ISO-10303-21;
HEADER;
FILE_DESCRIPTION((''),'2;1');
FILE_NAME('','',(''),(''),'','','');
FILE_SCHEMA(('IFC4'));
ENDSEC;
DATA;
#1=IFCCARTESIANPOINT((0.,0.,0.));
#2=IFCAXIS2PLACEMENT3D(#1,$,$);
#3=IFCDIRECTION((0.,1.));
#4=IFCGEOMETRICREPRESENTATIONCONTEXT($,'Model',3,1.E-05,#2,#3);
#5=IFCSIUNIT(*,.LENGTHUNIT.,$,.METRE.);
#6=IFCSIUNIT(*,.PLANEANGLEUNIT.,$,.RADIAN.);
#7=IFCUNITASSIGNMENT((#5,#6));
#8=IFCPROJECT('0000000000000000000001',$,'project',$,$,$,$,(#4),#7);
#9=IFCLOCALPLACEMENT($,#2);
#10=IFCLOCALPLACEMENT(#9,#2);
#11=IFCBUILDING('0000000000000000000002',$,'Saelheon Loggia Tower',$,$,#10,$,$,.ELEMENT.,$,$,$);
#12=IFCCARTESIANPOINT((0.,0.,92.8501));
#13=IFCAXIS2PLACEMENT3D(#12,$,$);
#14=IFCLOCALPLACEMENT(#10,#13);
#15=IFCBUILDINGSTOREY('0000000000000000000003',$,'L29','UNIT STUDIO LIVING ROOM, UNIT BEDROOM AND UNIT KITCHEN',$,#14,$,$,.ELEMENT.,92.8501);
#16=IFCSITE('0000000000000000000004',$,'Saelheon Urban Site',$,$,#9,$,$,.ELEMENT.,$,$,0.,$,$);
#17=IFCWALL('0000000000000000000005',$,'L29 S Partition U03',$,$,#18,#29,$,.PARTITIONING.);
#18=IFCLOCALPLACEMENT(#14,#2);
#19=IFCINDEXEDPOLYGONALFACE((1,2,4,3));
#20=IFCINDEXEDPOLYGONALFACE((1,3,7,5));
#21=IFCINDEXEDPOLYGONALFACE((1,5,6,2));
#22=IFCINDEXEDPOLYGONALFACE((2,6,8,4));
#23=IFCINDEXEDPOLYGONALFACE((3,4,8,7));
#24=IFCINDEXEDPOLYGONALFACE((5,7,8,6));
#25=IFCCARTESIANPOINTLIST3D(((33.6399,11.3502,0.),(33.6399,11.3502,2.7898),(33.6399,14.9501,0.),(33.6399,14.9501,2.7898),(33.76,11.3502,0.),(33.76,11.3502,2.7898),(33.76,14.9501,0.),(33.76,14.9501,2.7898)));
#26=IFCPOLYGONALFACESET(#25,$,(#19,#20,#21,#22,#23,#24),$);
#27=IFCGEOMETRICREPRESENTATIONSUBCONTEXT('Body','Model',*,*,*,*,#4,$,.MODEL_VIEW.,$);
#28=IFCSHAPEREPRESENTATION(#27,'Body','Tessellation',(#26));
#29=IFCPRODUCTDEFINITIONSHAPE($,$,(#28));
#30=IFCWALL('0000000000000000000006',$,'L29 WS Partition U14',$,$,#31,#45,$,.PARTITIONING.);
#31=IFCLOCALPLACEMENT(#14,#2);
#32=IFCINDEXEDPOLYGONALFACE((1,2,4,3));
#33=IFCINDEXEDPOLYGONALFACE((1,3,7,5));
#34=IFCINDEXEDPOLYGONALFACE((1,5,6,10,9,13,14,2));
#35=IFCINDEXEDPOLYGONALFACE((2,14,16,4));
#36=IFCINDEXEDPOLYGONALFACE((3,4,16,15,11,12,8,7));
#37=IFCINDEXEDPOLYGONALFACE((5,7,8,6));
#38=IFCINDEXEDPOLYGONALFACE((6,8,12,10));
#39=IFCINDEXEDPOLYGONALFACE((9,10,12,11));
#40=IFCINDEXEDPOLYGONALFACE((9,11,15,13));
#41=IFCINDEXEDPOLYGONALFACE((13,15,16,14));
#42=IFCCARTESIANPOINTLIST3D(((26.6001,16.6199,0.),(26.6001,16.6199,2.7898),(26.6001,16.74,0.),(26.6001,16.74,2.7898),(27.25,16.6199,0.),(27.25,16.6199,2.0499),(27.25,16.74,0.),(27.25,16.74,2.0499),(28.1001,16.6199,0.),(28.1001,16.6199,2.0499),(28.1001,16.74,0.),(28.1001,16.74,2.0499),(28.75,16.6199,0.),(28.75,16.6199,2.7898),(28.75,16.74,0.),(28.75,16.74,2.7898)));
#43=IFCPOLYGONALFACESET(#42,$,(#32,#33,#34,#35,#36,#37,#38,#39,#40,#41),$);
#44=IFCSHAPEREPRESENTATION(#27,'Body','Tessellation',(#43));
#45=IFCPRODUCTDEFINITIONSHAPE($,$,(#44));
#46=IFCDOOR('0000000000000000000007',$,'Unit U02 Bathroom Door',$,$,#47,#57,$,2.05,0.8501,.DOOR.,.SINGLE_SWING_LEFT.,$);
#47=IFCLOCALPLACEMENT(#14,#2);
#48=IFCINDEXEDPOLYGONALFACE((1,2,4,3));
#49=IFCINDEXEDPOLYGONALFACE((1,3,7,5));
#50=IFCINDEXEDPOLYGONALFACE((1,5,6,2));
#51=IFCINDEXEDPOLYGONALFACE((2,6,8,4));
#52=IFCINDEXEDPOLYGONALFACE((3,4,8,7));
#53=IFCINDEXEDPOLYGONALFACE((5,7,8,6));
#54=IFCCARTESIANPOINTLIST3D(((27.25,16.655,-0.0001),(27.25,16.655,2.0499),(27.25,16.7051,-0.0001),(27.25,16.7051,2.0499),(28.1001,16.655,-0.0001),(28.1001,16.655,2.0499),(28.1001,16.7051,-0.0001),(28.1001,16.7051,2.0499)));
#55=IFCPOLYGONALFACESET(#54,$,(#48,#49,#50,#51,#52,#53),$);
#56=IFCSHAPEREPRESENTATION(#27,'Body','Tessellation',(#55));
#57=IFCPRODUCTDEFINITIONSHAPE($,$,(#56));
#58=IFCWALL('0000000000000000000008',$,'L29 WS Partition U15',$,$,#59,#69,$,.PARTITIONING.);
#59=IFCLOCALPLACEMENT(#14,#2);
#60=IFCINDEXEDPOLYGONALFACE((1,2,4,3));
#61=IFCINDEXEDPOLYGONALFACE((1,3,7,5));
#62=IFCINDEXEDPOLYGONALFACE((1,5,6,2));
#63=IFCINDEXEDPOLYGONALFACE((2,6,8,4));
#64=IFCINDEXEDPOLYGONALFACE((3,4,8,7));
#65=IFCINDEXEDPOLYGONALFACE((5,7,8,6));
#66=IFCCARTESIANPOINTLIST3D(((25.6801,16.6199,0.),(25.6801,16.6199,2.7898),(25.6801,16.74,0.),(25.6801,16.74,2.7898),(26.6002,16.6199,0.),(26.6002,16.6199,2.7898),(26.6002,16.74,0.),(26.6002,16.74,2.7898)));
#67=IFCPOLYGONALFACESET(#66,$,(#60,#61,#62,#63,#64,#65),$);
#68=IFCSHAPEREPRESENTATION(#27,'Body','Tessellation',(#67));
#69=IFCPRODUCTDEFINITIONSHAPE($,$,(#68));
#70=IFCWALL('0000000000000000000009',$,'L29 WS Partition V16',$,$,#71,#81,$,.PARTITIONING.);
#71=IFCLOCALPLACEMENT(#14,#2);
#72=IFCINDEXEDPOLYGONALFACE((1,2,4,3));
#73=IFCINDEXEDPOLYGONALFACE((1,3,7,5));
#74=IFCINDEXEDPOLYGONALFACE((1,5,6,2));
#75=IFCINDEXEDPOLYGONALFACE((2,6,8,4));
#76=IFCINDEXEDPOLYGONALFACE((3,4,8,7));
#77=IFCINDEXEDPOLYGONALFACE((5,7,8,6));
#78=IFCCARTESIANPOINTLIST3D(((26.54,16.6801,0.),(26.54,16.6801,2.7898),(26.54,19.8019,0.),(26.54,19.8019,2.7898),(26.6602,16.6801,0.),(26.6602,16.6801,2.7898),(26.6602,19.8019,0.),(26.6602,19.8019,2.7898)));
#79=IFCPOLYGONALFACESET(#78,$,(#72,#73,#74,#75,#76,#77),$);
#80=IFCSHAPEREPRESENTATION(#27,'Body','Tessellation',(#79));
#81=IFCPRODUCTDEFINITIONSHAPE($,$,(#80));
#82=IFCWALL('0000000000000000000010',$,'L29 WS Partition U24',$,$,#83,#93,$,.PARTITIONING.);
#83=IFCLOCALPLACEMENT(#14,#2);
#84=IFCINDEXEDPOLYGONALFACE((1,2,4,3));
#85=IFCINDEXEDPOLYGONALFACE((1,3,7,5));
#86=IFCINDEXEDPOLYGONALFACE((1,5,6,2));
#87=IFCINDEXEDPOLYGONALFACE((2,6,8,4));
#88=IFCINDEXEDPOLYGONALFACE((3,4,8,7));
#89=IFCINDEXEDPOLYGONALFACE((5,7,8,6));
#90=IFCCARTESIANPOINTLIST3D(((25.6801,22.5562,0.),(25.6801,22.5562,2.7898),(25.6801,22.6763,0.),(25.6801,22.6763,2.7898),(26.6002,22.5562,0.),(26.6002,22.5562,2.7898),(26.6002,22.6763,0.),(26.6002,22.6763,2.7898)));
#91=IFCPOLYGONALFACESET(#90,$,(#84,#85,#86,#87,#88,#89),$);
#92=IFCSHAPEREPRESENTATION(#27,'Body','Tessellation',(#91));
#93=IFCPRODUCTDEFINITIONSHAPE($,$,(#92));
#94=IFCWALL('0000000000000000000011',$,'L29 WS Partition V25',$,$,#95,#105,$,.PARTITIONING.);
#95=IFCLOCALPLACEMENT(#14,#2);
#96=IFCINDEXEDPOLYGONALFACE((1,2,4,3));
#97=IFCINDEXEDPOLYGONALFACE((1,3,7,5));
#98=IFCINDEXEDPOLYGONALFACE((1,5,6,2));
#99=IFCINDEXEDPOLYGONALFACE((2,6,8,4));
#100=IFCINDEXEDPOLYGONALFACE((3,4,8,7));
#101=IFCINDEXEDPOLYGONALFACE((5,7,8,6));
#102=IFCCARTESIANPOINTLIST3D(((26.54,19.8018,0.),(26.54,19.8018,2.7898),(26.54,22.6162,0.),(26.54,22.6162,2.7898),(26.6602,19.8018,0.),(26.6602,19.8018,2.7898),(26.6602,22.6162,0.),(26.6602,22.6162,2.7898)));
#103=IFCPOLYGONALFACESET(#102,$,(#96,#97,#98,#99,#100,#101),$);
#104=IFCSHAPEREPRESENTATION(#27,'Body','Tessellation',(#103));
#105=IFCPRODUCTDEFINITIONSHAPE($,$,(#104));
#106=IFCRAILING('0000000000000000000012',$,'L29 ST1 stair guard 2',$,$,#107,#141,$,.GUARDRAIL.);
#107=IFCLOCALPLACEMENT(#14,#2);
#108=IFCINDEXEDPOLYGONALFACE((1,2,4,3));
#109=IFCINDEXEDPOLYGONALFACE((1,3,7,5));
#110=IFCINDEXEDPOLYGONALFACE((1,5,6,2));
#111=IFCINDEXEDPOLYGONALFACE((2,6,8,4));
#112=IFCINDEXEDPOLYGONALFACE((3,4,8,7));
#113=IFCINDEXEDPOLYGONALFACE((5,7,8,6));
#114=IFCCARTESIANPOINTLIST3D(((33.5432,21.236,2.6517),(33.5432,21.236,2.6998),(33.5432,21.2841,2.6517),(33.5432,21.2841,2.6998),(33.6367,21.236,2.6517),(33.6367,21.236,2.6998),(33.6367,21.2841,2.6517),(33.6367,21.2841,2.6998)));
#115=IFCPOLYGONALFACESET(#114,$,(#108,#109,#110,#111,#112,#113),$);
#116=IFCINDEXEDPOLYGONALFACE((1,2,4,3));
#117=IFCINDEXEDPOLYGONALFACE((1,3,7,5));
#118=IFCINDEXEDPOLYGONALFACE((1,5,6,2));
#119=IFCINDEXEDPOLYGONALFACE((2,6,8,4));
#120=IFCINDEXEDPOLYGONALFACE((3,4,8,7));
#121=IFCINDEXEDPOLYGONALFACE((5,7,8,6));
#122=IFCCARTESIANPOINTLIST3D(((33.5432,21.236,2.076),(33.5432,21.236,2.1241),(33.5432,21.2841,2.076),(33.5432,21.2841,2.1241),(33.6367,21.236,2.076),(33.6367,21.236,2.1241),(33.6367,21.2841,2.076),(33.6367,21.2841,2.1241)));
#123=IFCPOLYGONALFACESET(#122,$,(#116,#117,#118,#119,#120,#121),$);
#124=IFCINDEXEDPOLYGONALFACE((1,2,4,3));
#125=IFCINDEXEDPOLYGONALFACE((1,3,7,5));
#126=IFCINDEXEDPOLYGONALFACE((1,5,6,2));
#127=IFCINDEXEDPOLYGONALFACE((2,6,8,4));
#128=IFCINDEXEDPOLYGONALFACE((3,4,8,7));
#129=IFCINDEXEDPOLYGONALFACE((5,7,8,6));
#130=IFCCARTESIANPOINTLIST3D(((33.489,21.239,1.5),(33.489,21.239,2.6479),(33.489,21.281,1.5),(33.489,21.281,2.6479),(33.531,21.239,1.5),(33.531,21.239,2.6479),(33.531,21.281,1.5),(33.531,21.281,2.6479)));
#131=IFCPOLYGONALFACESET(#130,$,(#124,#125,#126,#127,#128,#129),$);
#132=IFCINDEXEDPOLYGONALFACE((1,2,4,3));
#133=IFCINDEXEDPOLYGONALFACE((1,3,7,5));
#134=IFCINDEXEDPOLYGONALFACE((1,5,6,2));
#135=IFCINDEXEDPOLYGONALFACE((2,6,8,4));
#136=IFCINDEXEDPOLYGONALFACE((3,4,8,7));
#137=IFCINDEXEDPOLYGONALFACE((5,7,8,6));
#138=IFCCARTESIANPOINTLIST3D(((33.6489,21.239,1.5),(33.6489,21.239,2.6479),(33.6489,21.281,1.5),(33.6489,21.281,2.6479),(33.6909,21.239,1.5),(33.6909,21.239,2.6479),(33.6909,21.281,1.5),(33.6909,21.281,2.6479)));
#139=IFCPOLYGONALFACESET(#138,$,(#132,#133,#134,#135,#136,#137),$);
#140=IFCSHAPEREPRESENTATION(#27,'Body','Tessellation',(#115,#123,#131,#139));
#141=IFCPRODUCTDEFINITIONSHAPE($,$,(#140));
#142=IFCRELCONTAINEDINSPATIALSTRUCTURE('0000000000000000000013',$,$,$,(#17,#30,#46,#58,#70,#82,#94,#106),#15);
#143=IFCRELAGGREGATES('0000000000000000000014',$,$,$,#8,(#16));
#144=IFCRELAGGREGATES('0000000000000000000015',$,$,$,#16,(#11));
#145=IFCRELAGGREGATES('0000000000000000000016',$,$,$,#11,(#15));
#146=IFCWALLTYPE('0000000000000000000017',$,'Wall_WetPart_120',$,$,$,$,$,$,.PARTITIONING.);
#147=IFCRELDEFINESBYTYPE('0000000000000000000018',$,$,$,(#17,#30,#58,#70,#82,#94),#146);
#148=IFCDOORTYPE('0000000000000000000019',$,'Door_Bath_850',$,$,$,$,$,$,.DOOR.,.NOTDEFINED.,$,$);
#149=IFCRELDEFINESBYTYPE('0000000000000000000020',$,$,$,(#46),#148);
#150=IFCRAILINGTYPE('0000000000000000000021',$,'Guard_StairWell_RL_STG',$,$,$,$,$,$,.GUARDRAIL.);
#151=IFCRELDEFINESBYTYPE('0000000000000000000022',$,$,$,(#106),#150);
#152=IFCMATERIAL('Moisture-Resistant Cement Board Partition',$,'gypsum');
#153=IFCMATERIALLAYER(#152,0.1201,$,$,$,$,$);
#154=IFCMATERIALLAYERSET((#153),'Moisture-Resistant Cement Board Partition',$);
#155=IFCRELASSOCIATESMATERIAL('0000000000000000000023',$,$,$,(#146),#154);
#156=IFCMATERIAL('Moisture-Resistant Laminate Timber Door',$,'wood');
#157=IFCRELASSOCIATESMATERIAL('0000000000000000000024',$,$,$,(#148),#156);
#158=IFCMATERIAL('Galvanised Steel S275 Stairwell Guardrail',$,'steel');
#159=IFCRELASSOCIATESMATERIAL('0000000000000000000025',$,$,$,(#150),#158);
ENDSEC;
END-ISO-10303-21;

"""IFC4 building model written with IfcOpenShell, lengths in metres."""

from ifc_helpers import new_model, si_unit, direction, frame, frame_2d, origin, origin_2d, place, context, subcontext, project, spatial, rectangle, extrude, source, transform, mapped, material, layer, layer_set, type_object, element, fill, save


model = new_model("IFC4")

# Units and contexts
model_context = context("Model", 3, precision=1e-05, world=origin(), true_north=direction((0.0, 1.0)))
body_context = subcontext(model_context, "Body", "Model", "MODEL_VIEW")
ifc_project = project(units=[si_unit("LENGTHUNIT", "METRE"), si_unit("PLANEANGLEUNIT", "RADIAN")], contexts=[model_context])

# Site, building, storey
site_placement = place(None, origin())
site = spatial("IfcSite", under=ifc_project, at=site_placement, Name="Saelheon Urban Site", CompositionType="ELEMENT", RefElevation=0.0)
building_placement = place(site_placement, origin())
building = spatial("IfcBuilding", under=site, at=building_placement, Name="Saelheon Loggia Tower", CompositionType="ELEMENT")
storey_placement = place(building_placement, frame((0.0, 0.0, 92.8501)))
storey = spatial("IfcBuildingStorey", under=building, at=storey_placement, Name="L29", Description="UNIT STUDIO LIVING ROOM, UNIT BEDROOM AND UNIT KITCHEN", CompositionType="ELEMENT", Elevation=92.8501)

# Wall
ifc_material_1 = material(Name="Moisture-Resistant Cement Board Partition", Category="gypsum")
ifc_layer_1 = layer(ifc_material_1, 0.1201)
ifc_layer_set_1 = layer_set([ifc_layer_1], Name="Moisture-Resistant Cement Board Partition")
wall_type_1 = type_object("IfcWallType", Name="Wall_WetPart_120", PredefinedType="PARTITIONING", material=ifc_layer_set_1)
wall_1_placement = place(storey_placement, frame((33.7, 14.95, 0.0), z_axis=(0.0, 0.0, 1.0), x_axis=(0.0, -1.0, 0.0)))
element("IfcWall", 1, at=wall_1_placement, inside=storey, type_object=wall_type_1, Name="L29 S Partition U03", PredefinedType="PARTITIONING", context=body_context, shape_type="SweptSolid", body=[
    extrude(rectangle(XDim=3.5999, YDim=0.1201, at=frame_2d((1.7998, 0.0))), origin(), (0.0, 0.0, 1.0), 2.7898),
])

# Wall, opening, door
wall_2_placement = place(storey_placement, frame((28.75, 16.6799, 0.0), z_axis=(0.0, 0.0, 1.0), x_axis=(-1.0, 0.0, 0.0)))
wall_2 = element("IfcWall", 2, at=wall_2_placement, inside=storey, type_object=wall_type_1, Name="L29 WS Partition U14", PredefinedType="PARTITIONING", context=body_context, shape_type="SweptSolid", body=[
    extrude(rectangle(XDim=2.1499, YDim=0.1201, at=frame_2d((1.075, 0.0))), origin(), (0.0, 0.0, 1.0), 2.7898),
])
opening_1_placement = place(wall_2_placement, frame((0.6499, 0.0, 0.0)))
opening_1 = element("IfcOpeningElement", 3, at=opening_1_placement, cuts=wall_2, PredefinedType="OPENING", context=body_context, shape_type="SweptSolid", body=[
    extrude(rectangle(XDim=0.8501, YDim=2.05, at=frame_2d((0.425, 1.0249))), frame((0.0, 0.072, 0.0), z_axis=(0.0, -1.0, 0.0), x_axis=(1.0, 0.0, 0.0)), (0.0, 0.0, 1.0), 0.144),
])
ifc_material_2 = material(Name="Moisture-Resistant Laminate Timber Door", Category="wood")
door_type_1 = type_object("IfcDoorType", Name="Door_Bath_850", OperationType="NOTDEFINED", PredefinedType="DOOR", material=ifc_material_2)
shared_shape_1 = source(origin(), body_context, "Body", "SweptSolid", [
    extrude(rectangle(XDim=0.8501, YDim=2.05, at=frame_2d((0.425, 1.0249))), frame((0.0, 0.0249, 0.0), z_axis=(0.0, -1.0, 0.0), x_axis=(1.0, 0.0, 0.0)), (0.0, 0.0, 1.0), 0.05),
])
door_1_placement = place(opening_1_placement, origin())
door_1 = element("IfcDoor", 4, at=door_1_placement, inside=storey, type_object=door_type_1, Name="Unit U02 Bathroom Door", OperationType="SINGLE_SWING_LEFT", OverallHeight=2.05, OverallWidth=0.8501, PredefinedType="DOOR", context=body_context, shape_type="MappedRepresentation", body=[
    mapped(shared_shape_1, transform((0.0, 0.0, 0.0), scale=1.0)),
])
fill(opening_1, door_1)

# Walls
wall_3_placement = place(storey_placement, frame((26.6001, 16.6799, 0.0), z_axis=(0.0, 0.0, 1.0), x_axis=(-1.0, 0.0, 0.0)))
element("IfcWall", 5, at=wall_3_placement, inside=storey, type_object=wall_type_1, Name="L29 WS Partition U15", PredefinedType="PARTITIONING", context=body_context, shape_type="SweptSolid", body=[
    extrude(rectangle(XDim=0.9202, YDim=0.1201, at=frame_2d((0.46, 0.0))), origin(), (0.0, 0.0, 1.0), 2.7898),
])
wall_4_placement = place(storey_placement, frame((26.6001, 16.6799, 0.0), z_axis=(0.0, 0.0, 1.0), x_axis=(0.0, 1.0, 0.0)))
element("IfcWall", 6, at=wall_4_placement, inside=storey, type_object=wall_type_1, Name="L29 WS Partition V16", PredefinedType="PARTITIONING", context=body_context, shape_type="SweptSolid", body=[
    extrude(rectangle(XDim=3.1218, YDim=0.1201, at=frame_2d((1.561, 0.0))), origin(), (0.0, 0.0, 1.0), 2.7898),
])
wall_5_placement = place(storey_placement, frame((26.6001, 22.6162, 0.0), z_axis=(0.0, 0.0, 1.0), x_axis=(-1.0, 0.0, 0.0)))
element("IfcWall", 7, at=wall_5_placement, inside=storey, type_object=wall_type_1, Name="L29 WS Partition U24", PredefinedType="PARTITIONING", context=body_context, shape_type="SweptSolid", body=[
    extrude(rectangle(XDim=0.9202, YDim=0.1201, at=frame_2d((0.46, 0.0))), origin(), (0.0, 0.0, 1.0), 2.7898),
])
wall_6_placement = place(storey_placement, frame((26.6001, 19.8018, 0.0), z_axis=(0.0, 0.0, 1.0), x_axis=(0.0, 1.0, 0.0)))
element("IfcWall", 8, at=wall_6_placement, inside=storey, type_object=wall_type_1, Name="L29 WS Partition V25", PredefinedType="PARTITIONING", context=body_context, shape_type="SweptSolid", body=[
    extrude(rectangle(XDim=2.8145, YDim=0.1201, at=frame_2d((1.4072, 0.0))), origin(), (0.0, 0.0, 1.0), 2.7898),
])

# Railing
ifc_material_3 = material(Name="Galvanised Steel S275 Stairwell Guardrail", Category="steel")
railing_type = type_object("IfcRailingType", Name="Guard_StairWell_RL_STG", PredefinedType="GUARDRAIL", material=ifc_material_3)
railing_placement = place(storey_placement, frame((33.51, 21.26, 1.5)))
element("IfcRailing", 9, at=railing_placement, inside=storey, type_object=railing_type, Name="L29 ST1 stair guard 2", PredefinedType="GUARDRAIL", context=body_context, shape_type="SweptSolid", body=[
    extrude(rectangle(XDim=0.0481, YDim=0.0481, at=origin_2d()), frame((0.0332, 0.0, 1.1758), z_axis=(1.0, 0.0, 0.0), x_axis=(0.0, 1.0, 0.0)), (0.0, 0.0, 1.0), 0.0935),
    extrude(rectangle(XDim=0.0481, YDim=0.0481, at=origin_2d()), frame((0.0332, 0.0, 0.6001), z_axis=(1.0, 0.0, 0.0), x_axis=(0.0, 1.0, 0.0)), (0.0, 0.0, 1.0), 0.0935),
    extrude(rectangle(XDim=0.042, YDim=0.042, at=origin_2d()), origin(), (0.0, 0.0, 1.0), 1.1479),
    extrude(rectangle(XDim=0.042, YDim=0.042, at=origin_2d()), frame((0.1599, 0.0, 0.0)), (0.0, 0.0, 1.0), 1.1479),
])

save(model, "model.ifc")
